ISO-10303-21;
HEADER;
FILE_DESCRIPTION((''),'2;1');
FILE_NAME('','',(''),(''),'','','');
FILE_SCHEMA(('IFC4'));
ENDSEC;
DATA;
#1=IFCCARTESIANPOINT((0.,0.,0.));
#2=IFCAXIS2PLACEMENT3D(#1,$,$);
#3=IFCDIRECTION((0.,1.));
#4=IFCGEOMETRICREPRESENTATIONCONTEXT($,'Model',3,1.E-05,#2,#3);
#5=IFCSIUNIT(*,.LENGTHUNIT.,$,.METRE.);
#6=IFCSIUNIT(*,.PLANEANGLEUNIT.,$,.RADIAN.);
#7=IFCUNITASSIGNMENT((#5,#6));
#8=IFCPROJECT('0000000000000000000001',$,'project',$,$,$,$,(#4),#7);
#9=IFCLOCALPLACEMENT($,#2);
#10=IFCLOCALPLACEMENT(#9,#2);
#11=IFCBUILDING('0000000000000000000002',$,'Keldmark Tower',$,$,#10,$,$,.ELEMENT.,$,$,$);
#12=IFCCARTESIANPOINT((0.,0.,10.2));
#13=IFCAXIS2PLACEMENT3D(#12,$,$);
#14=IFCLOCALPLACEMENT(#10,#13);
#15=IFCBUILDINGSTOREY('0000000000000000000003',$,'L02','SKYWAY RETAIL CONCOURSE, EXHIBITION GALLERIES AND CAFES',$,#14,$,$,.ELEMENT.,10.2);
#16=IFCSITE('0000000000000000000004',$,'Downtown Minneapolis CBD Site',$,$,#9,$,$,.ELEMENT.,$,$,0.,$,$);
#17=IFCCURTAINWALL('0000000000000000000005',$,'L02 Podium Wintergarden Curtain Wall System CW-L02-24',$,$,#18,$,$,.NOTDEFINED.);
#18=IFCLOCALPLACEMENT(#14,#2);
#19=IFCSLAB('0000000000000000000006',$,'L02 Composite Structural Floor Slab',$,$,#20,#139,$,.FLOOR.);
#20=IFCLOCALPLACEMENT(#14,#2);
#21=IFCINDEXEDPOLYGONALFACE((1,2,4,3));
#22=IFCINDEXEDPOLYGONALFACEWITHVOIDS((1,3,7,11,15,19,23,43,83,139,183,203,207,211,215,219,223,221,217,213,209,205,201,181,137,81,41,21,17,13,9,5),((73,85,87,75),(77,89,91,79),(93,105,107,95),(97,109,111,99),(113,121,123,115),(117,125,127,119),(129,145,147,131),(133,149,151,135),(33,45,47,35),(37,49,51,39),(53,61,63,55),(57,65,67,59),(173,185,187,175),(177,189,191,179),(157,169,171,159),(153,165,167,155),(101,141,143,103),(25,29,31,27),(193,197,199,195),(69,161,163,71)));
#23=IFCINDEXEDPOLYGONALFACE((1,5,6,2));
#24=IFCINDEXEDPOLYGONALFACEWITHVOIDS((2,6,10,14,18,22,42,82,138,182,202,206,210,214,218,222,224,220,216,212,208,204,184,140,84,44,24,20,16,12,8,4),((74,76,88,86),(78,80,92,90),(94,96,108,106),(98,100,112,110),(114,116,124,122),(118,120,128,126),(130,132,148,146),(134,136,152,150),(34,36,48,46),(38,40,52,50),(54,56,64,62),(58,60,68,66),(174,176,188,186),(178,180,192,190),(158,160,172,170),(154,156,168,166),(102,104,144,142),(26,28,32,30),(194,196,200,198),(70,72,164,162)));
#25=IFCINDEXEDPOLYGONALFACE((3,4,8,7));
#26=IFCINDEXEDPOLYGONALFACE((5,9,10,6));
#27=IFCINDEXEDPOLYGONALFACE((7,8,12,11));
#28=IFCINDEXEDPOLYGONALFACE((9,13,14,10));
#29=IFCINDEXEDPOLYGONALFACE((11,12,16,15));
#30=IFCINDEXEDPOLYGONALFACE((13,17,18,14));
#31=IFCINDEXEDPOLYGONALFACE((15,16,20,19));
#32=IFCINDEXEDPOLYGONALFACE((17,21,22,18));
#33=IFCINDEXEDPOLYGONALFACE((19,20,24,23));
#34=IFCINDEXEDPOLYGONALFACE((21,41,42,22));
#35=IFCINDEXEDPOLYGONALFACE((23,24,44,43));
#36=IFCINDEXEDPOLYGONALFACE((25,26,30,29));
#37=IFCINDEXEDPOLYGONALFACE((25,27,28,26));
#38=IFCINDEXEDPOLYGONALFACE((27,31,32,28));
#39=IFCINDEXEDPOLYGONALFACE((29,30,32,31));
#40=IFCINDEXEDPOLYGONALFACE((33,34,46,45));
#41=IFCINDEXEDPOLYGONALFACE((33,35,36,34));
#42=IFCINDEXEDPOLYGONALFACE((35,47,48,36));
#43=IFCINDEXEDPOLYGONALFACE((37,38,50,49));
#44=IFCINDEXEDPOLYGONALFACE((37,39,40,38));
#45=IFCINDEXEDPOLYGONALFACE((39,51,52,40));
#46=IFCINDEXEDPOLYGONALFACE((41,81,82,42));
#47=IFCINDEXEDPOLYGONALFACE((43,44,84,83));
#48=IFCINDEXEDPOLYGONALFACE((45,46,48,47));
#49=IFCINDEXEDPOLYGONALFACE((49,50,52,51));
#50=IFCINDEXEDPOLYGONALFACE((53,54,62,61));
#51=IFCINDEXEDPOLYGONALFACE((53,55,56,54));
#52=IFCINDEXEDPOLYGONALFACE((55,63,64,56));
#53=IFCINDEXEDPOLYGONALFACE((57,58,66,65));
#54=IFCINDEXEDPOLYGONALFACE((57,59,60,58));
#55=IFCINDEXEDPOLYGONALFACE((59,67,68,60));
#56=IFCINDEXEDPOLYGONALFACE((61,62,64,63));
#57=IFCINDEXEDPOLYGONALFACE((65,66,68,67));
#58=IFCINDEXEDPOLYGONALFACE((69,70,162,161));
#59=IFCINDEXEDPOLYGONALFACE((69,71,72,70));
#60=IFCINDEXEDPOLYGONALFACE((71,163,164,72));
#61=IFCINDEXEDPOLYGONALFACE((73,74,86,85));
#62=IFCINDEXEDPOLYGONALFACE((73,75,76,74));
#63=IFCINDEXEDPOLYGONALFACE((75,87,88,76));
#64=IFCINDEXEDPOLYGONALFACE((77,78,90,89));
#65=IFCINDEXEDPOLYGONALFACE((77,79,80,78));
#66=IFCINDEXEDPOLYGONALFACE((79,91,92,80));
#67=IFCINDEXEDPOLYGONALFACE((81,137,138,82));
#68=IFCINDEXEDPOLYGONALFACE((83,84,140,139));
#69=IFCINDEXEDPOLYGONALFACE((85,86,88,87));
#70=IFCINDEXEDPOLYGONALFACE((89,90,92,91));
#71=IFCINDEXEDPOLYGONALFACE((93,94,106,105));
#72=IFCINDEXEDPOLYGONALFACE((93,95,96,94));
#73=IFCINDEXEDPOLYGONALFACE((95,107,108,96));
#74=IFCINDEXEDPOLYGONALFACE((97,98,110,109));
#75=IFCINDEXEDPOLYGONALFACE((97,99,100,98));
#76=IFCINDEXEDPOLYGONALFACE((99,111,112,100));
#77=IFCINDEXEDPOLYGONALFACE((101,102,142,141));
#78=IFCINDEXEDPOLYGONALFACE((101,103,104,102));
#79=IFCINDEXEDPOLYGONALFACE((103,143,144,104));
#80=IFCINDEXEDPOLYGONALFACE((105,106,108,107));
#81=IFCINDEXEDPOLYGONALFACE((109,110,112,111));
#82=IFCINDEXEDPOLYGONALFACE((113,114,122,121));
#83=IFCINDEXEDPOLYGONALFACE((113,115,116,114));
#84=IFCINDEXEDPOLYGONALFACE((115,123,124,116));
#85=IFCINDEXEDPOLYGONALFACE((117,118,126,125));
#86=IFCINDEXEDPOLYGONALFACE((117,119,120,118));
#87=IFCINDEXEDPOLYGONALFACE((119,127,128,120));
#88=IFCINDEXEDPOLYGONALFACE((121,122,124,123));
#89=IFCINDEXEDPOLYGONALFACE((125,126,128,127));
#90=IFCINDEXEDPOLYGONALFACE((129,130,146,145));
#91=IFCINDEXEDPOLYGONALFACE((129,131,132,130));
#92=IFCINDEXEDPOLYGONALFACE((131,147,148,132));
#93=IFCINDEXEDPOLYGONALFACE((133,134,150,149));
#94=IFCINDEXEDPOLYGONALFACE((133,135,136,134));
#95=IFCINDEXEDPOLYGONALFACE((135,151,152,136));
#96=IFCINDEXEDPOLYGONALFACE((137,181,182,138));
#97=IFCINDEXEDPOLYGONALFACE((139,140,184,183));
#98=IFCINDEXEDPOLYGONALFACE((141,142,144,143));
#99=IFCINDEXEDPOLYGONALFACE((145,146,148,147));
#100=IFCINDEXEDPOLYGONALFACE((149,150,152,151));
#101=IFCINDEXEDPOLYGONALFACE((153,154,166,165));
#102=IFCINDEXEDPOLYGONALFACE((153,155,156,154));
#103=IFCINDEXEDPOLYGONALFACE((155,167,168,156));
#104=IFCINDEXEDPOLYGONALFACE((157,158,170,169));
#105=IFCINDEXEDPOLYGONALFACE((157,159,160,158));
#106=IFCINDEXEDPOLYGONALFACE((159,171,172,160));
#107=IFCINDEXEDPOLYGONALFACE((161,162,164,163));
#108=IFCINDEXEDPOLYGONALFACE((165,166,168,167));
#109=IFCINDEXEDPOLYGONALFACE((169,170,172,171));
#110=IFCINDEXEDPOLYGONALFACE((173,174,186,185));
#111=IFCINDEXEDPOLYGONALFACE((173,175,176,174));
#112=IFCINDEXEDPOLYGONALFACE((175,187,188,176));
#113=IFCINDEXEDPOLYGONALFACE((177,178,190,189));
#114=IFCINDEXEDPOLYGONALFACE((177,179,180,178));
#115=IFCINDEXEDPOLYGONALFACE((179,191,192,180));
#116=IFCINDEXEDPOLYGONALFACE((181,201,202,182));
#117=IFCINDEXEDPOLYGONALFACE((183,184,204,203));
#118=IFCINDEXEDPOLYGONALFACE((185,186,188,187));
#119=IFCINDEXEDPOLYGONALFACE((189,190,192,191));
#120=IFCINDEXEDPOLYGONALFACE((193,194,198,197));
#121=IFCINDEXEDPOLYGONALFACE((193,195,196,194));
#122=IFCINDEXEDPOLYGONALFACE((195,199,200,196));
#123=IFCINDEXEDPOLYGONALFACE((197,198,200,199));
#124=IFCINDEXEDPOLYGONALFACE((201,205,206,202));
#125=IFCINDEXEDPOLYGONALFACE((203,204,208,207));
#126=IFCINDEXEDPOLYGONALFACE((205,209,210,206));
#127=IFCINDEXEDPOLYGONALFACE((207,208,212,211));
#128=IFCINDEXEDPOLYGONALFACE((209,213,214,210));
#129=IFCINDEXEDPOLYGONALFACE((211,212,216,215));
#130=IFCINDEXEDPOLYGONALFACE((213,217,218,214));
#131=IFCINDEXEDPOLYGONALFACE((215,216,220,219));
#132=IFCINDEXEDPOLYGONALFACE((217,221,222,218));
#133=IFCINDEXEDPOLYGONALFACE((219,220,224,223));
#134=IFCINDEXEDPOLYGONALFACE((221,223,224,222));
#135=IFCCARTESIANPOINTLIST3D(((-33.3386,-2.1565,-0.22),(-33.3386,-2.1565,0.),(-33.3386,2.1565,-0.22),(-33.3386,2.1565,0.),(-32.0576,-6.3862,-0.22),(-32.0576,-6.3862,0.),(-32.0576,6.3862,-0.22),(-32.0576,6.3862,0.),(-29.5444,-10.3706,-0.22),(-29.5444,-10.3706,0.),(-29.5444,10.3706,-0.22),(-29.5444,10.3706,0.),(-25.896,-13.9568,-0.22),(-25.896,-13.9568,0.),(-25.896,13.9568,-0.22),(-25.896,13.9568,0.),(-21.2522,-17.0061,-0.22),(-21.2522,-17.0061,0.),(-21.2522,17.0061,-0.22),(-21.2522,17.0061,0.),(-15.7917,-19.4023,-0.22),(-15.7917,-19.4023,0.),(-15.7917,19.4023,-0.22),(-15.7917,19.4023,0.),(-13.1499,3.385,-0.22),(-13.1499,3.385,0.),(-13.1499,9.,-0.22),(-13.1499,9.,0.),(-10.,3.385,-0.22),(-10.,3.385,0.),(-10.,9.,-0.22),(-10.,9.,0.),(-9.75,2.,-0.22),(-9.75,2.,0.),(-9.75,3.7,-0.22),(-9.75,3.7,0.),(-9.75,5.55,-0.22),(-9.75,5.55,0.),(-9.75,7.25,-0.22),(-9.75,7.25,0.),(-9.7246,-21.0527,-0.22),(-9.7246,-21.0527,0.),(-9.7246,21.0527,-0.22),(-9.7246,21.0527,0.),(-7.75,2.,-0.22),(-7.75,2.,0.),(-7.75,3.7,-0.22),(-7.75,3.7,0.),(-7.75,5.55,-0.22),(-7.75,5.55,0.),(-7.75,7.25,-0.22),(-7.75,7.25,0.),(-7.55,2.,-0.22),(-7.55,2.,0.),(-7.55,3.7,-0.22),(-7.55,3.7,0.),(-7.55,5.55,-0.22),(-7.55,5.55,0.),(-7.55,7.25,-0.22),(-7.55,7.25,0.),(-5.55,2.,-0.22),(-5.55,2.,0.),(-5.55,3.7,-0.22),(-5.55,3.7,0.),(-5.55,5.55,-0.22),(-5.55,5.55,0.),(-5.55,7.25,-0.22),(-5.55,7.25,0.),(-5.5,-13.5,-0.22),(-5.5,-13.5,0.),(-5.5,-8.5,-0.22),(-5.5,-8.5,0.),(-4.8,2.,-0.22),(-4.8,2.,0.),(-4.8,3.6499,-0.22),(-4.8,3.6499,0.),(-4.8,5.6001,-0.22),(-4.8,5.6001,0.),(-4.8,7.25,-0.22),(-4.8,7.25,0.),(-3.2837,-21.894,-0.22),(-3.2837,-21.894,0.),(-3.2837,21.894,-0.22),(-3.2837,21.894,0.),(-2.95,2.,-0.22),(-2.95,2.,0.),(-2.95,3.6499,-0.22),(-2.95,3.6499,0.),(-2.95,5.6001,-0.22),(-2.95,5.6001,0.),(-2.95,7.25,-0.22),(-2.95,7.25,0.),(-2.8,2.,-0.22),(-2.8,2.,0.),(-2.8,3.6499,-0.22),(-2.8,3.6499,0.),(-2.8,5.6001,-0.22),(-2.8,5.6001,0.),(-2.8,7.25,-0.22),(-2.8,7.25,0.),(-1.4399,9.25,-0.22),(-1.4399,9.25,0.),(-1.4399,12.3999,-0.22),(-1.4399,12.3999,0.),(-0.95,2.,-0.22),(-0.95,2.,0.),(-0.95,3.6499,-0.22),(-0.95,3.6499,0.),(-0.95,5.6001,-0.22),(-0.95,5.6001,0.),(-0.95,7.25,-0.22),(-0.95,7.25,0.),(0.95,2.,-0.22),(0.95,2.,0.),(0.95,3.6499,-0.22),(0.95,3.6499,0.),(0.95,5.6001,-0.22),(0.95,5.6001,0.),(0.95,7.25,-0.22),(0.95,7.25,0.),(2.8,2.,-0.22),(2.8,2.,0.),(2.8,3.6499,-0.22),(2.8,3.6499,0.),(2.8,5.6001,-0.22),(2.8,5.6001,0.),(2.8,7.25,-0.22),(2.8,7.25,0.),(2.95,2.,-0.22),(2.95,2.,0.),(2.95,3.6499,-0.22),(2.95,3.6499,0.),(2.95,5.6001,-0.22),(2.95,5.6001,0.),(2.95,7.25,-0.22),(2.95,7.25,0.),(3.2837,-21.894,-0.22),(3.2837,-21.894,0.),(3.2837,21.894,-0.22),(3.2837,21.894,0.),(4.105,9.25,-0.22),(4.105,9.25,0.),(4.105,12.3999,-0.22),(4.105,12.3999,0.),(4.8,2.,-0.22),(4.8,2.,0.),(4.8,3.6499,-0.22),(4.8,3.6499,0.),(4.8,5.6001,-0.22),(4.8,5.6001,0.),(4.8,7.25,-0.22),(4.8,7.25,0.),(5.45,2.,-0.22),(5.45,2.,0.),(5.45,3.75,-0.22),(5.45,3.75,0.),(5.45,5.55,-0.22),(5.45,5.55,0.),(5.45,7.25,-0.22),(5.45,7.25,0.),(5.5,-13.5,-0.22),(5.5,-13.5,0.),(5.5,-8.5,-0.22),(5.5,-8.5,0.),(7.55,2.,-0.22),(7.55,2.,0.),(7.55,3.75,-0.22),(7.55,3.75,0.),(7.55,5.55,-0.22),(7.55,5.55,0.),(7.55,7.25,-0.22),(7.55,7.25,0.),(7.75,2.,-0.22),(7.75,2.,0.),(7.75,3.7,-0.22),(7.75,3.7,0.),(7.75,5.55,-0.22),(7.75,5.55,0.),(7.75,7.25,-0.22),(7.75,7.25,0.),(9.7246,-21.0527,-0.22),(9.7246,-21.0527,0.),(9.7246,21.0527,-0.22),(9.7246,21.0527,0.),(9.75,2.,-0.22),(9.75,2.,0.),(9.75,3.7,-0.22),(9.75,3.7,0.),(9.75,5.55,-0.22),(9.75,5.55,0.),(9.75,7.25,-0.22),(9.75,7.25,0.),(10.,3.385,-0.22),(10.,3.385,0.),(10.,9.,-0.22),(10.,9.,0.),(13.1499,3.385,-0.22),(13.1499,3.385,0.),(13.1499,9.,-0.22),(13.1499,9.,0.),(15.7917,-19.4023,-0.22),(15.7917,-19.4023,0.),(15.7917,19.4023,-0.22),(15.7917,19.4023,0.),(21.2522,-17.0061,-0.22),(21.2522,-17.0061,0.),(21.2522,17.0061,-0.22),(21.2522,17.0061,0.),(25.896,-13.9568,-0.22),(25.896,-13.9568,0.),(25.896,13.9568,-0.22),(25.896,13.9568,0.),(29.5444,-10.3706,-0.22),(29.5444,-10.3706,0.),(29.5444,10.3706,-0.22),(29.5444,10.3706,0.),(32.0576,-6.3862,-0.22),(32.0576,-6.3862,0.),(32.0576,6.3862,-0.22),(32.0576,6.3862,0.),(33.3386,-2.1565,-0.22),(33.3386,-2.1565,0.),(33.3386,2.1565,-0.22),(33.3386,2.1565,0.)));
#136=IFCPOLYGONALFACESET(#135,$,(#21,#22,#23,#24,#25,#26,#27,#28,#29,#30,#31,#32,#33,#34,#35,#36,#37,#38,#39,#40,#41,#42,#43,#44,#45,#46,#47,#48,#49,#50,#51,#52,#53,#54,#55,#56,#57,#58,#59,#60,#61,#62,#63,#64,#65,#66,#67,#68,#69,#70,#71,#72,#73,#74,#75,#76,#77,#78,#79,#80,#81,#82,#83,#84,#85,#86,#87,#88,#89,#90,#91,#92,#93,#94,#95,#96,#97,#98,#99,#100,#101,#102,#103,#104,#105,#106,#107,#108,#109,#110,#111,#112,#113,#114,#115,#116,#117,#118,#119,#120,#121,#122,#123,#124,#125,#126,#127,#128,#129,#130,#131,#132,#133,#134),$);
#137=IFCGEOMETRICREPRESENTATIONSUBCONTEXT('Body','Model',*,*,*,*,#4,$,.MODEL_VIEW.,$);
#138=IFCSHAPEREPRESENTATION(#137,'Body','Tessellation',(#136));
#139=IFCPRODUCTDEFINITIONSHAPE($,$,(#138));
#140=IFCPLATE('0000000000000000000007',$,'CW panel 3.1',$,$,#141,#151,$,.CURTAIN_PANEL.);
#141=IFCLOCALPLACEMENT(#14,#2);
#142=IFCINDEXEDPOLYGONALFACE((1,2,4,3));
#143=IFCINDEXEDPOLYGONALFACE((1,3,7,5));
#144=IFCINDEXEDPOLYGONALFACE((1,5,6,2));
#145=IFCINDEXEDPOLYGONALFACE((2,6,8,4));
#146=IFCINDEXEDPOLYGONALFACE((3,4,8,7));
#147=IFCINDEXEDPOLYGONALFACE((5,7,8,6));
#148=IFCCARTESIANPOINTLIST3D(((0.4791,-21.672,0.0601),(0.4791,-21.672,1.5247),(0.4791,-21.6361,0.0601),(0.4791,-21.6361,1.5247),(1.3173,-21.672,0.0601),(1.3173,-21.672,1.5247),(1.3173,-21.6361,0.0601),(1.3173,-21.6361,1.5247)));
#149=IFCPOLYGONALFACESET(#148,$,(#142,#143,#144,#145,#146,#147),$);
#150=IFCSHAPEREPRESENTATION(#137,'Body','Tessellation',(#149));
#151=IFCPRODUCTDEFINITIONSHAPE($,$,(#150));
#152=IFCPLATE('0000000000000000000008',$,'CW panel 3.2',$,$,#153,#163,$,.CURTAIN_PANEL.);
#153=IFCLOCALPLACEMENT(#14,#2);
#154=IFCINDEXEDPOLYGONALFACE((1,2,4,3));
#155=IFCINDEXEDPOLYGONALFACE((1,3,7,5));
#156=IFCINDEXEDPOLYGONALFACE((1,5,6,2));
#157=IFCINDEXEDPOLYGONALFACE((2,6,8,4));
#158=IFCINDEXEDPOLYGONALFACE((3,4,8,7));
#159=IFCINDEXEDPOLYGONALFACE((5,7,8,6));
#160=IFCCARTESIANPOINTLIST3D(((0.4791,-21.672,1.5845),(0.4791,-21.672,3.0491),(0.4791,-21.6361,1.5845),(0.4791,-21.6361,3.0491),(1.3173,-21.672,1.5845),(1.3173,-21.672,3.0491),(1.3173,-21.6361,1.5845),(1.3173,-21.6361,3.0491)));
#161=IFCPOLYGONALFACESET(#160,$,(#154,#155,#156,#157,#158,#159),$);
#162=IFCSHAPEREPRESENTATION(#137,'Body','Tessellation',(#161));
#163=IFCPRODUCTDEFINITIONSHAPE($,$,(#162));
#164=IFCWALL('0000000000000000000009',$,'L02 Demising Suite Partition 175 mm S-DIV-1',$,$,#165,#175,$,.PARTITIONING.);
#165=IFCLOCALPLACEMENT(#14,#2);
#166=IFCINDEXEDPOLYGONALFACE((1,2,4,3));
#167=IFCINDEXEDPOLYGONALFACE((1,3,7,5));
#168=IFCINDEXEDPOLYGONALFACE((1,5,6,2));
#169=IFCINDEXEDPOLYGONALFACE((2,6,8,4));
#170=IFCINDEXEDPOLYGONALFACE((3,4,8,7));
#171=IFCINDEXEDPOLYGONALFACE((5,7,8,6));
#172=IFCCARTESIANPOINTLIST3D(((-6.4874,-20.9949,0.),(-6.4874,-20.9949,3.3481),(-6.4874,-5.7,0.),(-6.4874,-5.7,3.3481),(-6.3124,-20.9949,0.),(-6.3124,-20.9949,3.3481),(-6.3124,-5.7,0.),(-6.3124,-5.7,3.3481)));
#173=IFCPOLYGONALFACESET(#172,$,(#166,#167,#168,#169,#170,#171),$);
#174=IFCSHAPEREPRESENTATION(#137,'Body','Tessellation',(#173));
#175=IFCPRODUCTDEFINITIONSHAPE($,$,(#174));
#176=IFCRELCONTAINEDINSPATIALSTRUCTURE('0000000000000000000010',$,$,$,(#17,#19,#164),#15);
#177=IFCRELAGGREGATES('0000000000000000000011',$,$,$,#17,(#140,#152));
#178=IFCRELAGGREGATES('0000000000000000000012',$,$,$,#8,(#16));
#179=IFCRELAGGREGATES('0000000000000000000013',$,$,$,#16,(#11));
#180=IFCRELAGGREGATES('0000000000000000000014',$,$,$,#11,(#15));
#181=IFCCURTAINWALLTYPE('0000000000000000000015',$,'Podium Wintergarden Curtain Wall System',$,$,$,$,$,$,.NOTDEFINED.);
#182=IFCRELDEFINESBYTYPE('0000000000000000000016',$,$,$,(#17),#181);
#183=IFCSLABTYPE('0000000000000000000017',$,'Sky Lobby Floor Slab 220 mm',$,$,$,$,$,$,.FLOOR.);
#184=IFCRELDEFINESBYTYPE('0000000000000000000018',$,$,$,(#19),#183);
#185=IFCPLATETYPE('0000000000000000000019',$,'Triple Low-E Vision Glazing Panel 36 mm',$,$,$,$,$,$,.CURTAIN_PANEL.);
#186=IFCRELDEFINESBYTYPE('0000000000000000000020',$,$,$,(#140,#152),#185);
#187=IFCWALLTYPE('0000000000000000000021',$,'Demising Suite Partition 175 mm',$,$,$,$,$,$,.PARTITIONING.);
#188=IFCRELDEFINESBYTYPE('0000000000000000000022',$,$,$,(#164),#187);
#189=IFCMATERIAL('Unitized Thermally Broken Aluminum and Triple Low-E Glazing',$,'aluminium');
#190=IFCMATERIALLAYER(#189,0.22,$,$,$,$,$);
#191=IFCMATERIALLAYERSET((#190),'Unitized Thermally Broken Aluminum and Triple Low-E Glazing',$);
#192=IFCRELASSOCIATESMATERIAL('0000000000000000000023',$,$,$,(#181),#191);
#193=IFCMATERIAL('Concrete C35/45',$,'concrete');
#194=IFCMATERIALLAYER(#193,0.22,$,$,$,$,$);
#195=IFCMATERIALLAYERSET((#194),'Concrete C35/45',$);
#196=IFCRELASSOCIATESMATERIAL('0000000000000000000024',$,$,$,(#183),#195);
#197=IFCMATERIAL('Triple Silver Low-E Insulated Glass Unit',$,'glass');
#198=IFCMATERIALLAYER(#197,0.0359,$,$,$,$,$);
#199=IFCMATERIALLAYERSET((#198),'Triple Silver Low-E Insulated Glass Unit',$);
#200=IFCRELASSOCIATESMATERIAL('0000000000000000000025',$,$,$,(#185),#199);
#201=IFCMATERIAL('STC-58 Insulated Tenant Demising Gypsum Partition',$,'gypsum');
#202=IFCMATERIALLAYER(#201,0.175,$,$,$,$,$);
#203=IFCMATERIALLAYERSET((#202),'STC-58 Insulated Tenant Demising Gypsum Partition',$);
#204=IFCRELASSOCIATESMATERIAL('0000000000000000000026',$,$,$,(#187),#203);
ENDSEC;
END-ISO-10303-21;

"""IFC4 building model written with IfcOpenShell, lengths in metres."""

from ifc_helpers import new_model, si_unit, direction, frame, frame_2d, origin, origin_2d, place, context, subcontext, project, spatial, polyline, rectangle, outline, extrude, material, layer, layer_set, type_object, element, aggregate, save


model = new_model("IFC4")

# Units and contexts
model_context = context("Model", 3, precision=1e-05, world=origin(), true_north=direction((0.0, 1.0)))
body_context = subcontext(model_context, "Body", "Model", "MODEL_VIEW")
ifc_project = project(units=[si_unit("LENGTHUNIT", "METRE"), si_unit("PLANEANGLEUNIT", "RADIAN")], contexts=[model_context])

# Site, building, storey
site_placement = place(None, origin())
site = spatial("IfcSite", under=ifc_project, at=site_placement, Name="Downtown Minneapolis CBD Site", CompositionType="ELEMENT", RefElevation=0.0)
building_placement = place(site_placement, origin())
building = spatial("IfcBuilding", under=site, at=building_placement, Name="Keldmark Tower", CompositionType="ELEMENT")
storey_placement = place(building_placement, frame((0.0, 0.0, 10.2)))
storey = spatial("IfcBuildingStorey", under=building, at=storey_placement, Name="L02", Description="SKYWAY RETAIL CONCOURSE, EXHIBITION GALLERIES AND CAFES", CompositionType="ELEMENT", Elevation=10.2)

# Curtain wall
ifc_material_1 = material(Name="Unitized Thermally Broken Aluminum and Triple Low-E Glazing", Category="aluminium")
ifc_layer_1 = layer(ifc_material_1, 0.22)
ifc_layer_set_1 = layer_set([ifc_layer_1], Name="Unitized Thermally Broken Aluminum and Triple Low-E Glazing")
curtain_wall_type = type_object("IfcCurtainWallType", Name="Podium Wintergarden Curtain Wall System", PredefinedType="NOTDEFINED", material=ifc_layer_set_1)
curtain_wall_placement = place(storey_placement, origin())
curtain_wall = element("IfcCurtainWall", 1, at=curtain_wall_placement, inside=storey, type_object=curtain_wall_type, Name="L02 Podium Wintergarden Curtain Wall System CW-L02-24", PredefinedType="NOTDEFINED")

# Slab
ifc_material_2 = material(Name="Concrete C35/45", Category="concrete")
ifc_layer_2 = layer(ifc_material_2, 0.22)
ifc_layer_set_2 = layer_set([ifc_layer_2], Name="Concrete C35/45")
slab_type_1 = type_object("IfcSlabType", Name="Sky Lobby Floor Slab 220 mm", PredefinedType="FLOOR", material=ifc_layer_set_2)
slab_1_placement = place(storey_placement, frame((0.0, 0.0, -0.22)))
element("IfcSlab", 2, at=slab_1_placement, inside=storey, type_object=slab_type_1, Name="L02 Composite Structural Floor Slab", PredefinedType="FLOOR", context=body_context, shape_type="SweptSolid", body=[
    extrude(outline(polyline([(33.3386, 2.1565), (32.0576, 6.3862), (29.5444, 10.3706), (25.896, 13.9568), (21.2522, 17.0061), (15.7917, 19.4023), (9.7246, 21.0527), (3.2837, 21.894), (-3.2837, 21.894), (-9.7246, 21.0527), (-15.7917, 19.4023), (-21.2522, 17.0061), (-25.896, 13.9568), (-29.5444, 10.3706), (-32.0576, 6.3862), (-33.3386, 2.1565), (-33.3386, -2.1565), (-32.0576, -6.3862), (-29.5444, -10.3706), (-25.896, -13.9568), (-21.2522, -17.0061), (-15.7917, -19.4023), (-9.7246, -21.0527), (-3.2837, -21.894), (3.2837, -21.894), (9.7246, -21.0527), (15.7917, -19.4023), (21.2522, -17.0061), (25.896, -13.9568), (29.5444, -10.3706), (32.0576, -6.3862), (33.3386, -2.1565), (33.3386, 2.1565)]), holes=[polyline([(-10.0, 3.385), (-10.0, 9.0), (-13.1499, 9.0), (-13.1499, 3.385), (-10.0, 3.385)]), polyline([(13.1499, 3.385), (13.1499, 9.0), (10.0, 9.0), (10.0, 3.385), (13.1499, 3.385)]), polyline([(-1.4399, 9.25), (4.105, 9.25), (4.105, 12.3999), (-1.4399, 12.3999), (-1.4399, 9.25)]), polyline([(-9.75, 2.0), (-7.75, 2.0), (-7.75, 3.7), (-9.75, 3.7), (-9.75, 2.0)]), polyline([(7.75, 2.0), (9.75, 2.0), (9.75, 3.7), (7.75, 3.7), (7.75, 2.0)]), polyline([(5.45, 2.0), (7.55, 2.0), (7.55, 3.75), (5.45, 3.75), (5.45, 2.0)]), polyline([(-4.8, 2.0), (-2.95, 2.0), (-2.95, 3.6499), (-4.8, 3.6499), (-4.8, 2.0)]), polyline([(-2.8, 2.0), (-0.95, 2.0), (-0.95, 3.6499), (-2.8, 3.6499), (-2.8, 2.0)]), polyline([(0.95, 2.0), (2.8, 2.0), (2.8, 3.6499), (0.95, 3.6499), (0.95, 2.0)]), polyline([(2.95, 2.0), (4.8, 2.0), (4.8, 3.6499), (2.95, 3.6499), (2.95, 2.0)]), polyline([(-4.8, 5.6001), (-2.95, 5.6001), (-2.95, 7.25), (-4.8, 7.25), (-4.8, 5.6001)]), polyline([(-2.8, 5.6001), (-0.95, 5.6001), (-0.95, 7.25), (-2.8, 7.25), (-2.8, 5.6001)]), polyline([(0.95, 5.6001), (2.8, 5.6001), (2.8, 7.25), (0.95, 7.25), (0.95, 5.6001)]), polyline([(2.95, 5.6001), (4.8, 5.6001), (4.8, 7.25), (2.95, 7.25), (2.95, 5.6001)]), polyline([(-9.75, 5.55), (-7.75, 5.55), (-7.75, 7.25), (-9.75, 7.25), (-9.75, 5.55)]), polyline([(-7.55, 5.55), (-5.55, 5.55), (-5.55, 7.25), (-7.55, 7.25), (-7.55, 5.55)]), polyline([(-7.55, 2.0), (-5.55, 2.0), (-5.55, 3.7), (-7.55, 3.7), (-7.55, 2.0)]), polyline([(5.45, 5.55), (7.55, 5.55), (7.55, 7.25), (5.45, 7.25), (5.45, 5.55)]), polyline([(7.75, 5.55), (9.75, 5.55), (9.75, 7.25), (7.75, 7.25), (7.75, 5.55)]), polyline([(-5.5, -13.5), (5.5, -13.5), (5.5, -8.5), (-5.5, -8.5), (-5.5, -13.5)])]), origin(), (0.0, 0.0, 1.0), 0.22),
])

# Plates
ifc_material_3 = material(Name="Triple Silver Low-E Insulated Glass Unit", Category="glass")
ifc_layer_3 = layer(ifc_material_3, 0.0359)
ifc_layer_set_3 = layer_set([ifc_layer_3], Name="Triple Silver Low-E Insulated Glass Unit")
plate_type = type_object("IfcPlateType", Name="Triple Low-E Vision Glazing Panel 36 mm", PredefinedType="CURTAIN_PANEL", material=ifc_layer_set_3)
plate_1_placement = place(storey_placement, frame((0.8982, -21.6541, 0.0601), z_axis=(0.0, 0.0, 1.0), x_axis=(-1.0, 0.0, 0.0)))
plate_1 = element("IfcPlate", 3, at=plate_1_placement, type_object=plate_type, Name="CW panel 3.1", PredefinedType="CURTAIN_PANEL", context=body_context, shape_type="SweptSolid", body=[
    extrude(rectangle(XDim=0.8381, YDim=0.0359, at=origin_2d()), origin(), (0.0, 0.0, 1.0), 1.4646),
])
plate_2_placement = place(storey_placement, frame((0.8982, -21.6541, 1.5845), z_axis=(0.0, 0.0, 1.0), x_axis=(-1.0, 0.0, 0.0)))
plate_2 = element("IfcPlate", 4, at=plate_2_placement, type_object=plate_type, Name="CW panel 3.2", PredefinedType="CURTAIN_PANEL", context=body_context, shape_type="SweptSolid", body=[
    extrude(rectangle(XDim=0.8381, YDim=0.0359, at=origin_2d()), origin(), (0.0, 0.0, 1.0), 1.4646),
])
aggregate(curtain_wall, [plate_1, plate_2])

# Wall
ifc_material_4 = material(Name="STC-58 Insulated Tenant Demising Gypsum Partition", Category="gypsum")
ifc_layer_4 = layer(ifc_material_4, 0.175)
ifc_layer_set_4 = layer_set([ifc_layer_4], Name="STC-58 Insulated Tenant Demising Gypsum Partition")
wall_type_1 = type_object("IfcWallType", Name="Demising Suite Partition 175 mm", PredefinedType="PARTITIONING", material=ifc_layer_set_4)
wall_1_placement = place(storey_placement, frame((-6.3999, -20.9949, 0.0), z_axis=(0.0, 0.0, 1.0), x_axis=(0.0, 1.0, 0.0)))
element("IfcWall", 5, at=wall_1_placement, inside=storey, type_object=wall_type_1, Name="L02 Demising Suite Partition 175 mm S-DIV-1", PredefinedType="PARTITIONING", context=body_context, shape_type="SweptSolid", body=[
    extrude(rectangle(XDim=15.2949, YDim=0.175, at=frame_2d((7.6475, 0.0))), origin(), (0.0, 0.0, 1.0), 3.3481),
])

save(model, "model.ifc")
